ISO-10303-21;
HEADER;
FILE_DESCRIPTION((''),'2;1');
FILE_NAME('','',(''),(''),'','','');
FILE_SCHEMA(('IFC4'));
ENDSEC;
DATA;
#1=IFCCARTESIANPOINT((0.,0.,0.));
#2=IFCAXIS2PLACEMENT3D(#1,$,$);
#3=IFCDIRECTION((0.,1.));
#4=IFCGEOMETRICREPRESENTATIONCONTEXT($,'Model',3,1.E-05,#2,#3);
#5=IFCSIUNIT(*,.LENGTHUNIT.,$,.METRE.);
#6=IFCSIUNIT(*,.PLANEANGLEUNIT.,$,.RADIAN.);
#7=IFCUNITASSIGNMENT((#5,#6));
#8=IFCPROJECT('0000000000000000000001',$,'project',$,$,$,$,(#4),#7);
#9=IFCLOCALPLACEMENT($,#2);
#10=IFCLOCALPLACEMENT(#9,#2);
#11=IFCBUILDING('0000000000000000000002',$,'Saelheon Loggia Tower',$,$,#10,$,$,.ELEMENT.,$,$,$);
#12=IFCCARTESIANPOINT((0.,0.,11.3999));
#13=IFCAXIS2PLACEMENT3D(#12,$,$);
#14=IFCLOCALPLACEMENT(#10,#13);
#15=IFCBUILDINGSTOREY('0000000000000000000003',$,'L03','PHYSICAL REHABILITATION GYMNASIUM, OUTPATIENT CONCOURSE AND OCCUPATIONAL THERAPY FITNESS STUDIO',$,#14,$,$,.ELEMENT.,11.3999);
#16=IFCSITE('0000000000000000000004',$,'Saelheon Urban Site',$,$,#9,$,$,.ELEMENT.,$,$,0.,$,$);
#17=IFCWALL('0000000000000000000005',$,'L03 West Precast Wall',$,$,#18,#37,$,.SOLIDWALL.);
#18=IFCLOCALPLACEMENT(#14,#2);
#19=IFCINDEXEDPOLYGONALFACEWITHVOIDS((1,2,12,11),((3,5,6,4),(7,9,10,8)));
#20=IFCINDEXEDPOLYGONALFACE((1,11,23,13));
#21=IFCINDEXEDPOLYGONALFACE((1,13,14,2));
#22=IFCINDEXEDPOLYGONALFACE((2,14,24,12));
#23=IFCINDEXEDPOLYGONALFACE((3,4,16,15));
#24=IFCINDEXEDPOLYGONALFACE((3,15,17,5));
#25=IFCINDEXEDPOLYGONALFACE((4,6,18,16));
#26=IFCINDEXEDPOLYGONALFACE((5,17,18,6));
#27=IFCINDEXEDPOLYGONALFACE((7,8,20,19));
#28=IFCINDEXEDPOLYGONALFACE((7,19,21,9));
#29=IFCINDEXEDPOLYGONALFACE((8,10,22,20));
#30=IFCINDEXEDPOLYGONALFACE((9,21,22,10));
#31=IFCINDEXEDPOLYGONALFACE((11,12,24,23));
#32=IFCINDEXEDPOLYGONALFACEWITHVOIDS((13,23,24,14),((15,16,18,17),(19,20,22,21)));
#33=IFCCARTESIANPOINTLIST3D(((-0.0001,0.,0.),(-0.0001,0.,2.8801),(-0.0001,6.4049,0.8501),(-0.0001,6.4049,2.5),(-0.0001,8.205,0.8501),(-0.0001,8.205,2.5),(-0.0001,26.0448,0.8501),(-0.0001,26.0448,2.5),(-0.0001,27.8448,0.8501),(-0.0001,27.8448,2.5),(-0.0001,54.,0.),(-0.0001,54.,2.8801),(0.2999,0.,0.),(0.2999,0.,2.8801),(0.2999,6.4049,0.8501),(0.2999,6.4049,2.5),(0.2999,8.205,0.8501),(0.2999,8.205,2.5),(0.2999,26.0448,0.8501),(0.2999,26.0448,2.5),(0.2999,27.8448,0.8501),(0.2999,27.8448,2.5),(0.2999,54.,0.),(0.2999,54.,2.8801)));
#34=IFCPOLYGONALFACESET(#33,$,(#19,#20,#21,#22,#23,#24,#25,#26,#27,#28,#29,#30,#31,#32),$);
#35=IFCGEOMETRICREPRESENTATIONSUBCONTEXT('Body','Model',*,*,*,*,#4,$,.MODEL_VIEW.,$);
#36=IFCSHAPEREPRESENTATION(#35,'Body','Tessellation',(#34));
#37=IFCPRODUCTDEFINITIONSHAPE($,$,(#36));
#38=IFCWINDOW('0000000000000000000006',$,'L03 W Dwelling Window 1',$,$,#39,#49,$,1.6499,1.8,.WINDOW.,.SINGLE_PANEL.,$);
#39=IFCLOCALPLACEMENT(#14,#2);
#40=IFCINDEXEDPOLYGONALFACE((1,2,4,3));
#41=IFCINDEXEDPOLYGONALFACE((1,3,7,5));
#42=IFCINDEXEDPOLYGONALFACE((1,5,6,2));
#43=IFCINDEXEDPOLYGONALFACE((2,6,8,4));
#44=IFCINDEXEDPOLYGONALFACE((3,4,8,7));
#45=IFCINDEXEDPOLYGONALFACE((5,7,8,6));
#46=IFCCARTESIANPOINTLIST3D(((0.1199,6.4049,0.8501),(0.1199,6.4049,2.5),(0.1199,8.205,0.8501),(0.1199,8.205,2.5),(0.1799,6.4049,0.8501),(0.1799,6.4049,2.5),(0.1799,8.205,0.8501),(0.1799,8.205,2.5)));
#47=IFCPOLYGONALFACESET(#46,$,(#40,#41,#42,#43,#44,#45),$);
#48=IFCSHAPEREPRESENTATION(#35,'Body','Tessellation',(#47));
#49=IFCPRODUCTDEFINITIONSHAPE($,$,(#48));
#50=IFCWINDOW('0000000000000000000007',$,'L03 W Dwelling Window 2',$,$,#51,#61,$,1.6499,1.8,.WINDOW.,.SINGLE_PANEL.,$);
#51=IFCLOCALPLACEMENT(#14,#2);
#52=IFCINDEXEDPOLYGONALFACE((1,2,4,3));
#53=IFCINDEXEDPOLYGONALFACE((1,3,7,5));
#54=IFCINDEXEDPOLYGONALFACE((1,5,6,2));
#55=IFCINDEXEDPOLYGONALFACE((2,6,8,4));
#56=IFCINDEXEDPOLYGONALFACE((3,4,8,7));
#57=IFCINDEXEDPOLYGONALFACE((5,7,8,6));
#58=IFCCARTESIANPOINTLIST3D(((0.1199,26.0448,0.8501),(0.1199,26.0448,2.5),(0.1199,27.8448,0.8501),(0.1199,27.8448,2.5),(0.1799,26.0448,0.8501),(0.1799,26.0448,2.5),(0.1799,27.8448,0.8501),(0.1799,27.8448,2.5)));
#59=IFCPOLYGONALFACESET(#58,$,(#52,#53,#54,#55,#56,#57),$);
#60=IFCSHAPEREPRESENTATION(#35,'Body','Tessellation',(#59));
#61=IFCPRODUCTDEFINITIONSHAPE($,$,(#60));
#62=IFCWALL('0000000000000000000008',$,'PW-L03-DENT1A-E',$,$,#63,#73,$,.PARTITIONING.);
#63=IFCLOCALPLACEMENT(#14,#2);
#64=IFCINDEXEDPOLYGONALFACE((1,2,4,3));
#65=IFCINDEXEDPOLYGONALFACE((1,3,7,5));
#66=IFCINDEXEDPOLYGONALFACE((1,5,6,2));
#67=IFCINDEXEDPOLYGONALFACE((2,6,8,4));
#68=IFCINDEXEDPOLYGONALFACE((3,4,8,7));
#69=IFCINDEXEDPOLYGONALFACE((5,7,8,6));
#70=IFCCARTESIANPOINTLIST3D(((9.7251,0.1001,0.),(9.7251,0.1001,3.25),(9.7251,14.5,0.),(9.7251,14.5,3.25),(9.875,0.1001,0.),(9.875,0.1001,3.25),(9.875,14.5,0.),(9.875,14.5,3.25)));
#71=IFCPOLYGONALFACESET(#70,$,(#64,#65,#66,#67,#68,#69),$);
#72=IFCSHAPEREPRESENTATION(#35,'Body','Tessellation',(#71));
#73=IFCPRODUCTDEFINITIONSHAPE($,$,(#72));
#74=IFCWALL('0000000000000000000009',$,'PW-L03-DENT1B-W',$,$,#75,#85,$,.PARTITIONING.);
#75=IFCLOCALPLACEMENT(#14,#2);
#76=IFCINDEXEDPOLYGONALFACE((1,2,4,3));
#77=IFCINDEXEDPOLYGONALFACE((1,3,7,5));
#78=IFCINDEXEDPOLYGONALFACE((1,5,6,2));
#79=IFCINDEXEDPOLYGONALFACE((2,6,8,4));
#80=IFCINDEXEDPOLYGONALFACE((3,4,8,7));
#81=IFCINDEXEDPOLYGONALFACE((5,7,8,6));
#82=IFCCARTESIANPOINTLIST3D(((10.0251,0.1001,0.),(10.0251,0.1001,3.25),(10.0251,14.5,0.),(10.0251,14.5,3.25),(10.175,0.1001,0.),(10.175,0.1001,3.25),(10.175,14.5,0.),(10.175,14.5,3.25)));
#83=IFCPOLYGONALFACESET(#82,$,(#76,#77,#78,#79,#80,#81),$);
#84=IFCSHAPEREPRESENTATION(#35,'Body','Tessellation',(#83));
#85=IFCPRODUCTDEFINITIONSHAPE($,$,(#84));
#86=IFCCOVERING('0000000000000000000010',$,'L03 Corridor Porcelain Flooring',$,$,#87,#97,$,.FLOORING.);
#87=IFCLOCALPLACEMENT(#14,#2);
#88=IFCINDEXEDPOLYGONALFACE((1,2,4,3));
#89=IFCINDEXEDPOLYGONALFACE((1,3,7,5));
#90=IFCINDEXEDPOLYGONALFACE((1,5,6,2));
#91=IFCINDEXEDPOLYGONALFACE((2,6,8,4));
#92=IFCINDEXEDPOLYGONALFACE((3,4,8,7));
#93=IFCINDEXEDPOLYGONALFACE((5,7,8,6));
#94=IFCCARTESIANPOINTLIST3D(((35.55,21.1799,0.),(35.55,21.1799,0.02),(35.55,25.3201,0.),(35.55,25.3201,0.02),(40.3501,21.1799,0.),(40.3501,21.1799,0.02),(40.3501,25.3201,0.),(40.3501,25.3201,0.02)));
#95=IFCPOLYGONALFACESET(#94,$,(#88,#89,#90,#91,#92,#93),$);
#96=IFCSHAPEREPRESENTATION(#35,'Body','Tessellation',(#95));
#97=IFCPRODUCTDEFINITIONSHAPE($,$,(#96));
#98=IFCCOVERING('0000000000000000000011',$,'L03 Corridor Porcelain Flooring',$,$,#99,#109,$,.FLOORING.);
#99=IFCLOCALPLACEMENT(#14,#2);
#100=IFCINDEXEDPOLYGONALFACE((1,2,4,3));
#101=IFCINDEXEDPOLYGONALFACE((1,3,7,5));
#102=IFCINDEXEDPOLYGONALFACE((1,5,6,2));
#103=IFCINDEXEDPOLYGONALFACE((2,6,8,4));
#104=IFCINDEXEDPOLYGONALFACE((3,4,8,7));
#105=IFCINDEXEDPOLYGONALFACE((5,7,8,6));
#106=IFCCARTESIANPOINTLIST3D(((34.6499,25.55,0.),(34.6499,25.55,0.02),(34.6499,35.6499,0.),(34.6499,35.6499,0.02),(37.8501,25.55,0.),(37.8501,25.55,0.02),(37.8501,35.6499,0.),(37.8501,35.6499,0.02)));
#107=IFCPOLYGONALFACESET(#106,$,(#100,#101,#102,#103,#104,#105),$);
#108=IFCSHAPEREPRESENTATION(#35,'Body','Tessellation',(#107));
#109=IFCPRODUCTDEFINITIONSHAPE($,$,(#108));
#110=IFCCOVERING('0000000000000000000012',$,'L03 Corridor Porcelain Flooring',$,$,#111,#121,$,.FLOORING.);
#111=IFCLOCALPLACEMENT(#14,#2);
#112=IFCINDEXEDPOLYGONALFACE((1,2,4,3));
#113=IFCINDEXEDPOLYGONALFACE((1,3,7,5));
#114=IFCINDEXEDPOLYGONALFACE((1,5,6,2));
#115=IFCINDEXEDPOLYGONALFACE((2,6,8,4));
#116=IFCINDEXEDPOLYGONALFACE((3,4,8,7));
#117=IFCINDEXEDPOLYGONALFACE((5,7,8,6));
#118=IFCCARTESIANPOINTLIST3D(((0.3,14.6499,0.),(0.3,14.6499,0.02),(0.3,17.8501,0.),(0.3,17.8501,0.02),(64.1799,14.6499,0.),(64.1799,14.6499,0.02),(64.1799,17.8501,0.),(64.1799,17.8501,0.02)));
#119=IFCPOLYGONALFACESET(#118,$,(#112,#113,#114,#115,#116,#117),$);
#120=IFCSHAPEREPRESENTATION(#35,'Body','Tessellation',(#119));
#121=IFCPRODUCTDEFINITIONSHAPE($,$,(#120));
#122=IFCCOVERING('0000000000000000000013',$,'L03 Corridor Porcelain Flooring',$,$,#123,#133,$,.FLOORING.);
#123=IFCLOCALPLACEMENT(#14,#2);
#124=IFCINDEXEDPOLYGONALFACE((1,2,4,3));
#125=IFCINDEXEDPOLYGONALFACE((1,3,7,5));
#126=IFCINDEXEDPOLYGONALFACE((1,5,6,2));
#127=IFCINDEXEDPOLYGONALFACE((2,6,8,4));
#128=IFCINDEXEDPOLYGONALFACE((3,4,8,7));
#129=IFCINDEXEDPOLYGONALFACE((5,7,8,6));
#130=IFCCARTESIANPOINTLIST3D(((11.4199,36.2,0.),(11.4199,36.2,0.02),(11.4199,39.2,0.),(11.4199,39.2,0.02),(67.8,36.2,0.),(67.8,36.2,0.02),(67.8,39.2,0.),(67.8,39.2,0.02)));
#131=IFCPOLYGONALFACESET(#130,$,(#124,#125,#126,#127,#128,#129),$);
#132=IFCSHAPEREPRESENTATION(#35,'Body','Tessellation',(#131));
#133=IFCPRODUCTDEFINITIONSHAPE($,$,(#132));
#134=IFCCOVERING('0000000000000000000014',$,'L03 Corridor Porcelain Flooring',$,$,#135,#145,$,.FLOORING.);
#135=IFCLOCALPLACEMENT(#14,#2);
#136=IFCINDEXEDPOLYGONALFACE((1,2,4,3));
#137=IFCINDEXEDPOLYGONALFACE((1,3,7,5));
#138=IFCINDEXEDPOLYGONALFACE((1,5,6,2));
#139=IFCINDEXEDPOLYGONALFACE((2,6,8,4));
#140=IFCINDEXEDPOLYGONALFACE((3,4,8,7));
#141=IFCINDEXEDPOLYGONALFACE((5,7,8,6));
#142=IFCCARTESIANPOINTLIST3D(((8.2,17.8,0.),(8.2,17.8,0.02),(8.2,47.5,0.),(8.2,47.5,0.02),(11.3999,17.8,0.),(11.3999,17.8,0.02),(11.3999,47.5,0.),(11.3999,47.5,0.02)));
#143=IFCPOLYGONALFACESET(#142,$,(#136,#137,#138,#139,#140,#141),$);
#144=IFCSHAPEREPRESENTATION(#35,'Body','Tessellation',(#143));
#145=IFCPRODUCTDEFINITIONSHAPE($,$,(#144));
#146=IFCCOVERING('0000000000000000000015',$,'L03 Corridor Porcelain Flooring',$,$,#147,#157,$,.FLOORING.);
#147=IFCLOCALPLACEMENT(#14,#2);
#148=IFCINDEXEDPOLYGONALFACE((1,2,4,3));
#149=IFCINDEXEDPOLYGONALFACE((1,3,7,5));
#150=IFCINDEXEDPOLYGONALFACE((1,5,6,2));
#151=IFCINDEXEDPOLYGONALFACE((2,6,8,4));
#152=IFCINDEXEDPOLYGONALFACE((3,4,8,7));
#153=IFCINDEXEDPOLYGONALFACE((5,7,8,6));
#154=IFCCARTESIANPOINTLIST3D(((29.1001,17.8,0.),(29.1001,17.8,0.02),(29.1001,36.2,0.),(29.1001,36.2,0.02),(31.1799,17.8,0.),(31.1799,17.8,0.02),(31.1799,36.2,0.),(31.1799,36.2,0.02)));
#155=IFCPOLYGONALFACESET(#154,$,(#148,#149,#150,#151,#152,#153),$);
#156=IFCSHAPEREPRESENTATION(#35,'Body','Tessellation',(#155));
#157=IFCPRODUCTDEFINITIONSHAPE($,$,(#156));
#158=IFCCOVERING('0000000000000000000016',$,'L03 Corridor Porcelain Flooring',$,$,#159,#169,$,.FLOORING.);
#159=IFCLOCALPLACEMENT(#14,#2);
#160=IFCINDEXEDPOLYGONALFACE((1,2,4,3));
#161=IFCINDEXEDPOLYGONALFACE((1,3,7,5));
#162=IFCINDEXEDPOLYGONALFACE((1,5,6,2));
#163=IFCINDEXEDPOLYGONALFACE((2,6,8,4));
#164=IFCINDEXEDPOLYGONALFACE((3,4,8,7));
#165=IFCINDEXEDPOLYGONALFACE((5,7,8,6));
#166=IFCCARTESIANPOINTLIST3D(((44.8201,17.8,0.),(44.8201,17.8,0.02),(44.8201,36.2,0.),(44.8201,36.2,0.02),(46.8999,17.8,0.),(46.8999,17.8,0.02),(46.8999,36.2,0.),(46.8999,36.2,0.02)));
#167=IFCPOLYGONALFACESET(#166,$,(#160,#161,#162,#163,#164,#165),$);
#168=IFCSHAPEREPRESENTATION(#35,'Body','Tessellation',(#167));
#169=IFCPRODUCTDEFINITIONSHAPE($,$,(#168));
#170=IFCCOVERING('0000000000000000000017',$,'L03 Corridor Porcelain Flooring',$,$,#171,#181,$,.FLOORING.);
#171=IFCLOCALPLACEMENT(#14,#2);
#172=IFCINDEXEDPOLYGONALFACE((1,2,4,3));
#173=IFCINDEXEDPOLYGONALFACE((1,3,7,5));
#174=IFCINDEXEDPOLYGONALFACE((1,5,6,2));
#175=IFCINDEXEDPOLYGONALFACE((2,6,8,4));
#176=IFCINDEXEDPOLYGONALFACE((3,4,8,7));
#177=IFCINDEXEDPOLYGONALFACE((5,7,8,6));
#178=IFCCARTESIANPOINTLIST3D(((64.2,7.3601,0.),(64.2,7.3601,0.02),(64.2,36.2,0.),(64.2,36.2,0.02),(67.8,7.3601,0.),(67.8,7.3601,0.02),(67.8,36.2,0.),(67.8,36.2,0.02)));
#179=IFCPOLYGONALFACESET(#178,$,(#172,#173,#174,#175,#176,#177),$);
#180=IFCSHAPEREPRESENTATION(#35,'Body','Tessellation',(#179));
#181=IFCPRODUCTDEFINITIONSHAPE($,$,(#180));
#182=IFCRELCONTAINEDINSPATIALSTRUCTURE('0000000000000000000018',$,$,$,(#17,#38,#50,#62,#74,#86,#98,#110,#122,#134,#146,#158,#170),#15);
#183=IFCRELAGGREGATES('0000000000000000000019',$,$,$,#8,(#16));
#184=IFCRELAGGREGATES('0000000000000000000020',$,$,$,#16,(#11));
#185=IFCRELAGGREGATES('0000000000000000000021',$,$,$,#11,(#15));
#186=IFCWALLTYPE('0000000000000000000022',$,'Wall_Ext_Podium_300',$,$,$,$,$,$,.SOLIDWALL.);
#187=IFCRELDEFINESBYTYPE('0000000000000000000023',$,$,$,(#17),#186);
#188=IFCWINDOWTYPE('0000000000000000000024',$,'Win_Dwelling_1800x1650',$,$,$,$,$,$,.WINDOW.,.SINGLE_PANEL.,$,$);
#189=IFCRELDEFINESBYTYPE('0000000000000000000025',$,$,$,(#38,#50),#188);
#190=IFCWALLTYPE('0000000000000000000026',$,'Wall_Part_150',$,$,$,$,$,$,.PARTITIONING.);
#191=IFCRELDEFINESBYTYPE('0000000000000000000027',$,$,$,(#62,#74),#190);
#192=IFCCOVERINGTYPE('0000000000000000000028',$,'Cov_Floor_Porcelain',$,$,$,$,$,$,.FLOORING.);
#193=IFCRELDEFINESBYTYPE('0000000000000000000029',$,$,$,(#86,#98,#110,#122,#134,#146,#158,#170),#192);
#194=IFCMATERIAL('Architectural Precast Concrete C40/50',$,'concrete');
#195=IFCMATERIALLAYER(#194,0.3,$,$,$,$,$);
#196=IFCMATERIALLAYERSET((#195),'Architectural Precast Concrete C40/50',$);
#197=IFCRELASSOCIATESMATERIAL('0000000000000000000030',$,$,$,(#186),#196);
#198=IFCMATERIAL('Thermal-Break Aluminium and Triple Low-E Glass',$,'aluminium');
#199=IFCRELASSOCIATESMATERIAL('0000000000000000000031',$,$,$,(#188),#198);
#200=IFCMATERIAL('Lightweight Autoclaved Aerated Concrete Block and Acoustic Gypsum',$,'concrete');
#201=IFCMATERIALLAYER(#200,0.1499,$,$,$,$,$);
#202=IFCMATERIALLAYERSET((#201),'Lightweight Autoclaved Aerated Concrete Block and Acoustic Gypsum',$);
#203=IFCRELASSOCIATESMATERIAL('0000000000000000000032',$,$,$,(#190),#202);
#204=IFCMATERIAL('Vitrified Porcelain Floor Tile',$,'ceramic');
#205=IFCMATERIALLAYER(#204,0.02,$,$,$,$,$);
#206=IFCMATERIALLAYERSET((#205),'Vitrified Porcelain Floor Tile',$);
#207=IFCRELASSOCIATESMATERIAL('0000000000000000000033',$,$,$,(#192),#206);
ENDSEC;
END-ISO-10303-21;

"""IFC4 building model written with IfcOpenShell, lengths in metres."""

from ifc_helpers import new_model, si_unit, direction, frame, frame_2d, origin, place, context, subcontext, project, spatial, polyline, rectangle, outline, extrude, source, transform, mapped, material, layer, layer_set, type_object, element, fill, save


model = new_model("IFC4")

# Units and contexts
model_context = context("Model", 3, precision=1e-05, world=origin(), true_north=direction((0.0, 1.0)))
body_context = subcontext(model_context, "Body", "Model", "MODEL_VIEW")
ifc_project = project(units=[si_unit("LENGTHUNIT", "METRE"), si_unit("PLANEANGLEUNIT", "RADIAN")], contexts=[model_context])

# Site, building, storey
site_placement = place(None, origin())
site = spatial("IfcSite", under=ifc_project, at=site_placement, Name="Saelheon Urban Site", CompositionType="ELEMENT", RefElevation=0.0)
building_placement = place(site_placement, origin())
building = spatial("IfcBuilding", under=site, at=building_placement, Name="Saelheon Loggia Tower", CompositionType="ELEMENT")
storey_placement = place(building_placement, frame((0.0, 0.0, 11.3999)))
storey = spatial("IfcBuildingStorey", under=building, at=storey_placement, Name="L03", Description="PHYSICAL REHABILITATION GYMNASIUM, OUTPATIENT CONCOURSE AND OCCUPATIONAL THERAPY FITNESS STUDIO", CompositionType="ELEMENT", Elevation=11.3999)

# Wall, openings, windows
ifc_material_1 = material(Name="Architectural Precast Concrete C40/50", Category="concrete")
ifc_layer_1 = layer(ifc_material_1, 0.3)
ifc_layer_set_1 = layer_set([ifc_layer_1], Name="Architectural Precast Concrete C40/50")
wall_type_1 = type_object("IfcWallType", Name="Wall_Ext_Podium_300", PredefinedType="SOLIDWALL", material=ifc_layer_set_1)
wall_placement = place(storey_placement, frame((0.1499, 0.0, 0.0), z_axis=(0.0, 0.0, 1.0), x_axis=(0.0, 1.0, 0.0)))
wall = element("IfcWall", 1, at=wall_placement, inside=storey, type_object=wall_type_1, Name="L03 West Precast Wall", PredefinedType="SOLIDWALL", context=body_context, shape_type="SweptSolid", body=[
    extrude(rectangle(XDim=54.0, YDim=0.3, at=frame_2d((27.0, 0.0))), origin(), (0.0, 0.0, 1.0), 2.8801),
])
opening_1_placement = place(wall_placement, frame((6.405, 0.0, 0.8501)))
opening_1 = element("IfcOpeningElement", 2, at=opening_1_placement, cuts=wall, PredefinedType="OPENING", context=body_context, shape_type="SweptSolid", body=[
    extrude(rectangle(XDim=1.8, YDim=1.6499, at=frame_2d((0.8999, 0.825))), frame((0.0, 0.1621, 0.0), z_axis=(0.0, -1.0, 0.0), x_axis=(1.0, 0.0, 0.0)), (0.0, 0.0, 1.0), 0.324),
])
opening_2_placement = place(wall_placement, frame((26.0449, 0.0, 0.8501)))
opening_2 = element("IfcOpeningElement", 3, at=opening_2_placement, cuts=wall, PredefinedType="OPENING", context=body_context, shape_type="SweptSolid", body=[
    extrude(rectangle(XDim=1.8, YDim=1.6499, at=frame_2d((0.8999, 0.825))), frame((0.0, 0.1621, 0.0), z_axis=(0.0, -1.0, 0.0), x_axis=(1.0, 0.0, 0.0)), (0.0, 0.0, 1.0), 0.324),
])
ifc_material_2 = material(Name="Thermal-Break Aluminium and Triple Low-E Glass", Category="aluminium")
window_type = type_object("IfcWindowType", Name="Win_Dwelling_1800x1650", PartitioningType="SINGLE_PANEL", PredefinedType="WINDOW", material=ifc_material_2)
shared_shape_1 = source(origin(), body_context, "Body", "SweptSolid", [
    extrude(rectangle(XDim=1.8, YDim=1.6499, at=frame_2d((0.8999, 0.825))), frame((0.0, 0.03, 0.0), z_axis=(0.0, -1.0, 0.0), x_axis=(1.0, 0.0, 0.0)), (0.0, 0.0, 1.0), 0.0601),
])
window_1_placement = place(opening_1_placement, origin())
window_1 = element("IfcWindow", 4, at=window_1_placement, inside=storey, type_object=window_type, Name="L03 W Dwelling Window 1", OverallHeight=1.6499, OverallWidth=1.8, PartitioningType="SINGLE_PANEL", PredefinedType="WINDOW", context=body_context, shape_type="MappedRepresentation", body=[
    mapped(shared_shape_1, transform((0.0, 0.0, 0.0), scale=1.0)),
])
fill(opening_1, window_1)
window_2_placement = place(opening_2_placement, origin())
window_2 = element("IfcWindow", 5, at=window_2_placement, inside=storey, type_object=window_type, Name="L03 W Dwelling Window 2", OverallHeight=1.6499, OverallWidth=1.8, PartitioningType="SINGLE_PANEL", PredefinedType="WINDOW", context=body_context, shape_type="MappedRepresentation", body=[
    mapped(shared_shape_1, transform((0.0, 0.0, 0.0), scale=1.0)),
])
fill(opening_2, window_2)

# Walls
ifc_material_3 = material(Name="Lightweight Autoclaved Aerated Concrete Block and Acoustic Gypsum", Category="concrete")
ifc_layer_2 = layer(ifc_material_3, 0.1499)
ifc_layer_set_2 = layer_set([ifc_layer_2], Name="Lightweight Autoclaved Aerated Concrete Block and Acoustic Gypsum")
wall_type_2 = type_object("IfcWallType", Name="Wall_Part_150", PredefinedType="PARTITIONING", material=ifc_layer_set_2)
for number, where, z_axis, x_axis, name in (
    (6, (9.8, 0.1001, 0.0), (0.0, 0.0, 1.0), (0.0, 1.0, 0.0), "PW-L03-DENT1A-E"),
    (7, (10.1001, 0.1001, 0.0), (0.0, 0.0, 1.0), (0.0, 1.0, 0.0), "PW-L03-DENT1B-W"),
):
    element("IfcWall", number, at=place(storey_placement, frame(where, z_axis=z_axis, x_axis=x_axis)), inside=storey, type_object=wall_type_2, Name=name, PredefinedType="PARTITIONING", context=body_context, shape_type="SweptSolid", body=[
        extrude(rectangle(XDim=14.3999, YDim=0.1499, at=frame_2d((7.2, 0.0))), origin(), (0.0, 0.0, 1.0), 3.25),
    ])

# Coverings
ifc_material_4 = material(Name="Vitrified Porcelain Floor Tile", Category="ceramic")
ifc_layer_3 = layer(ifc_material_4, 0.02)
ifc_layer_set_3 = layer_set([ifc_layer_3], Name="Vitrified Porcelain Floor Tile")
covering_type = type_object("IfcCoveringType", Name="Cov_Floor_Porcelain", PredefinedType="FLOORING", material=ifc_layer_set_3)
covering_1_placement = place(storey_placement, origin())
element("IfcCovering", 8, at=covering_1_placement, inside=storey, type_object=covering_type, Name="L03 Corridor Porcelain Flooring", PredefinedType="FLOORING", context=body_context, shape_type="SweptSolid", body=[
    extrude(outline(polyline([(35.55, 21.1799), (40.3501, 21.1799), (40.3501, 25.3201), (35.55, 25.3201), (35.55, 21.1799)])), origin(), (0.0, 0.0, 1.0), 0.02),
])
covering_2_placement = place(storey_placement, origin())
element("IfcCovering", 9, at=covering_2_placement, inside=storey, type_object=covering_type, Name="L03 Corridor Porcelain Flooring", PredefinedType="FLOORING", context=body_context, shape_type="SweptSolid", body=[
    extrude(outline(polyline([(34.6499, 25.55), (37.8501, 25.55), (37.8501, 35.6499), (34.6499, 35.6499), (34.6499, 25.55)])), origin(), (0.0, 0.0, 1.0), 0.02),
])
covering_3_placement = place(storey_placement, origin())
element("IfcCovering", 10, at=covering_3_placement, inside=storey, type_object=covering_type, Name="L03 Corridor Porcelain Flooring", PredefinedType="FLOORING", context=body_context, shape_type="SweptSolid", body=[
    extrude(outline(polyline([(0.3, 14.6499), (64.1799, 14.6499), (64.1799, 17.8501), (0.3, 17.8501), (0.3, 14.6499)])), origin(), (0.0, 0.0, 1.0), 0.02),
])
covering_4_placement = place(storey_placement, origin())
element("IfcCovering", 11, at=covering_4_placement, inside=storey, type_object=covering_type, Name="L03 Corridor Porcelain Flooring", PredefinedType="FLOORING", context=body_context, shape_type="SweptSolid", body=[
    extrude(outline(polyline([(11.4199, 36.2), (67.8, 36.2), (67.8, 39.2), (11.4199, 39.2), (11.4199, 36.2)])), origin(), (0.0, 0.0, 1.0), 0.02),
])
covering_5_placement = place(storey_placement, origin())
element("IfcCovering", 12, at=covering_5_placement, inside=storey, type_object=covering_type, Name="L03 Corridor Porcelain Flooring", PredefinedType="FLOORING", context=body_context, shape_type="SweptSolid", body=[
    extrude(outline(polyline([(8.2, 17.8), (11.3999, 17.8), (11.3999, 47.5), (8.2, 47.5), (8.2, 17.8)])), origin(), (0.0, 0.0, 1.0), 0.02),
])
covering_6_placement = place(storey_placement, origin())
element("IfcCovering", 13, at=covering_6_placement, inside=storey, type_object=covering_type, Name="L03 Corridor Porcelain Flooring", PredefinedType="FLOORING", context=body_context, shape_type="SweptSolid", body=[
    extrude(outline(polyline([(29.1001, 17.8), (31.1799, 17.8), (31.1799, 36.2), (29.1001, 36.2), (29.1001, 17.8)])), origin(), (0.0, 0.0, 1.0), 0.02),
])
covering_7_placement = place(storey_placement, origin())
element("IfcCovering", 14, at=covering_7_placement, inside=storey, type_object=covering_type, Name="L03 Corridor Porcelain Flooring", PredefinedType="FLOORING", context=body_context, shape_type="SweptSolid", body=[
    extrude(outline(polyline([(44.8201, 17.8), (46.8999, 17.8), (46.8999, 36.2), (44.8201, 36.2), (44.8201, 17.8)])), origin(), (0.0, 0.0, 1.0), 0.02),
])
covering_8_placement = place(storey_placement, origin())
element("IfcCovering", 15, at=covering_8_placement, inside=storey, type_object=covering_type, Name="L03 Corridor Porcelain Flooring", PredefinedType="FLOORING", context=body_context, shape_type="SweptSolid", body=[
    extrude(outline(polyline([(64.2, 7.3601), (67.8, 7.3601), (67.8, 36.2), (64.2, 36.2), (64.2, 7.3601)])), origin(), (0.0, 0.0, 1.0), 0.02),
])

save(model, "model.ifc")
